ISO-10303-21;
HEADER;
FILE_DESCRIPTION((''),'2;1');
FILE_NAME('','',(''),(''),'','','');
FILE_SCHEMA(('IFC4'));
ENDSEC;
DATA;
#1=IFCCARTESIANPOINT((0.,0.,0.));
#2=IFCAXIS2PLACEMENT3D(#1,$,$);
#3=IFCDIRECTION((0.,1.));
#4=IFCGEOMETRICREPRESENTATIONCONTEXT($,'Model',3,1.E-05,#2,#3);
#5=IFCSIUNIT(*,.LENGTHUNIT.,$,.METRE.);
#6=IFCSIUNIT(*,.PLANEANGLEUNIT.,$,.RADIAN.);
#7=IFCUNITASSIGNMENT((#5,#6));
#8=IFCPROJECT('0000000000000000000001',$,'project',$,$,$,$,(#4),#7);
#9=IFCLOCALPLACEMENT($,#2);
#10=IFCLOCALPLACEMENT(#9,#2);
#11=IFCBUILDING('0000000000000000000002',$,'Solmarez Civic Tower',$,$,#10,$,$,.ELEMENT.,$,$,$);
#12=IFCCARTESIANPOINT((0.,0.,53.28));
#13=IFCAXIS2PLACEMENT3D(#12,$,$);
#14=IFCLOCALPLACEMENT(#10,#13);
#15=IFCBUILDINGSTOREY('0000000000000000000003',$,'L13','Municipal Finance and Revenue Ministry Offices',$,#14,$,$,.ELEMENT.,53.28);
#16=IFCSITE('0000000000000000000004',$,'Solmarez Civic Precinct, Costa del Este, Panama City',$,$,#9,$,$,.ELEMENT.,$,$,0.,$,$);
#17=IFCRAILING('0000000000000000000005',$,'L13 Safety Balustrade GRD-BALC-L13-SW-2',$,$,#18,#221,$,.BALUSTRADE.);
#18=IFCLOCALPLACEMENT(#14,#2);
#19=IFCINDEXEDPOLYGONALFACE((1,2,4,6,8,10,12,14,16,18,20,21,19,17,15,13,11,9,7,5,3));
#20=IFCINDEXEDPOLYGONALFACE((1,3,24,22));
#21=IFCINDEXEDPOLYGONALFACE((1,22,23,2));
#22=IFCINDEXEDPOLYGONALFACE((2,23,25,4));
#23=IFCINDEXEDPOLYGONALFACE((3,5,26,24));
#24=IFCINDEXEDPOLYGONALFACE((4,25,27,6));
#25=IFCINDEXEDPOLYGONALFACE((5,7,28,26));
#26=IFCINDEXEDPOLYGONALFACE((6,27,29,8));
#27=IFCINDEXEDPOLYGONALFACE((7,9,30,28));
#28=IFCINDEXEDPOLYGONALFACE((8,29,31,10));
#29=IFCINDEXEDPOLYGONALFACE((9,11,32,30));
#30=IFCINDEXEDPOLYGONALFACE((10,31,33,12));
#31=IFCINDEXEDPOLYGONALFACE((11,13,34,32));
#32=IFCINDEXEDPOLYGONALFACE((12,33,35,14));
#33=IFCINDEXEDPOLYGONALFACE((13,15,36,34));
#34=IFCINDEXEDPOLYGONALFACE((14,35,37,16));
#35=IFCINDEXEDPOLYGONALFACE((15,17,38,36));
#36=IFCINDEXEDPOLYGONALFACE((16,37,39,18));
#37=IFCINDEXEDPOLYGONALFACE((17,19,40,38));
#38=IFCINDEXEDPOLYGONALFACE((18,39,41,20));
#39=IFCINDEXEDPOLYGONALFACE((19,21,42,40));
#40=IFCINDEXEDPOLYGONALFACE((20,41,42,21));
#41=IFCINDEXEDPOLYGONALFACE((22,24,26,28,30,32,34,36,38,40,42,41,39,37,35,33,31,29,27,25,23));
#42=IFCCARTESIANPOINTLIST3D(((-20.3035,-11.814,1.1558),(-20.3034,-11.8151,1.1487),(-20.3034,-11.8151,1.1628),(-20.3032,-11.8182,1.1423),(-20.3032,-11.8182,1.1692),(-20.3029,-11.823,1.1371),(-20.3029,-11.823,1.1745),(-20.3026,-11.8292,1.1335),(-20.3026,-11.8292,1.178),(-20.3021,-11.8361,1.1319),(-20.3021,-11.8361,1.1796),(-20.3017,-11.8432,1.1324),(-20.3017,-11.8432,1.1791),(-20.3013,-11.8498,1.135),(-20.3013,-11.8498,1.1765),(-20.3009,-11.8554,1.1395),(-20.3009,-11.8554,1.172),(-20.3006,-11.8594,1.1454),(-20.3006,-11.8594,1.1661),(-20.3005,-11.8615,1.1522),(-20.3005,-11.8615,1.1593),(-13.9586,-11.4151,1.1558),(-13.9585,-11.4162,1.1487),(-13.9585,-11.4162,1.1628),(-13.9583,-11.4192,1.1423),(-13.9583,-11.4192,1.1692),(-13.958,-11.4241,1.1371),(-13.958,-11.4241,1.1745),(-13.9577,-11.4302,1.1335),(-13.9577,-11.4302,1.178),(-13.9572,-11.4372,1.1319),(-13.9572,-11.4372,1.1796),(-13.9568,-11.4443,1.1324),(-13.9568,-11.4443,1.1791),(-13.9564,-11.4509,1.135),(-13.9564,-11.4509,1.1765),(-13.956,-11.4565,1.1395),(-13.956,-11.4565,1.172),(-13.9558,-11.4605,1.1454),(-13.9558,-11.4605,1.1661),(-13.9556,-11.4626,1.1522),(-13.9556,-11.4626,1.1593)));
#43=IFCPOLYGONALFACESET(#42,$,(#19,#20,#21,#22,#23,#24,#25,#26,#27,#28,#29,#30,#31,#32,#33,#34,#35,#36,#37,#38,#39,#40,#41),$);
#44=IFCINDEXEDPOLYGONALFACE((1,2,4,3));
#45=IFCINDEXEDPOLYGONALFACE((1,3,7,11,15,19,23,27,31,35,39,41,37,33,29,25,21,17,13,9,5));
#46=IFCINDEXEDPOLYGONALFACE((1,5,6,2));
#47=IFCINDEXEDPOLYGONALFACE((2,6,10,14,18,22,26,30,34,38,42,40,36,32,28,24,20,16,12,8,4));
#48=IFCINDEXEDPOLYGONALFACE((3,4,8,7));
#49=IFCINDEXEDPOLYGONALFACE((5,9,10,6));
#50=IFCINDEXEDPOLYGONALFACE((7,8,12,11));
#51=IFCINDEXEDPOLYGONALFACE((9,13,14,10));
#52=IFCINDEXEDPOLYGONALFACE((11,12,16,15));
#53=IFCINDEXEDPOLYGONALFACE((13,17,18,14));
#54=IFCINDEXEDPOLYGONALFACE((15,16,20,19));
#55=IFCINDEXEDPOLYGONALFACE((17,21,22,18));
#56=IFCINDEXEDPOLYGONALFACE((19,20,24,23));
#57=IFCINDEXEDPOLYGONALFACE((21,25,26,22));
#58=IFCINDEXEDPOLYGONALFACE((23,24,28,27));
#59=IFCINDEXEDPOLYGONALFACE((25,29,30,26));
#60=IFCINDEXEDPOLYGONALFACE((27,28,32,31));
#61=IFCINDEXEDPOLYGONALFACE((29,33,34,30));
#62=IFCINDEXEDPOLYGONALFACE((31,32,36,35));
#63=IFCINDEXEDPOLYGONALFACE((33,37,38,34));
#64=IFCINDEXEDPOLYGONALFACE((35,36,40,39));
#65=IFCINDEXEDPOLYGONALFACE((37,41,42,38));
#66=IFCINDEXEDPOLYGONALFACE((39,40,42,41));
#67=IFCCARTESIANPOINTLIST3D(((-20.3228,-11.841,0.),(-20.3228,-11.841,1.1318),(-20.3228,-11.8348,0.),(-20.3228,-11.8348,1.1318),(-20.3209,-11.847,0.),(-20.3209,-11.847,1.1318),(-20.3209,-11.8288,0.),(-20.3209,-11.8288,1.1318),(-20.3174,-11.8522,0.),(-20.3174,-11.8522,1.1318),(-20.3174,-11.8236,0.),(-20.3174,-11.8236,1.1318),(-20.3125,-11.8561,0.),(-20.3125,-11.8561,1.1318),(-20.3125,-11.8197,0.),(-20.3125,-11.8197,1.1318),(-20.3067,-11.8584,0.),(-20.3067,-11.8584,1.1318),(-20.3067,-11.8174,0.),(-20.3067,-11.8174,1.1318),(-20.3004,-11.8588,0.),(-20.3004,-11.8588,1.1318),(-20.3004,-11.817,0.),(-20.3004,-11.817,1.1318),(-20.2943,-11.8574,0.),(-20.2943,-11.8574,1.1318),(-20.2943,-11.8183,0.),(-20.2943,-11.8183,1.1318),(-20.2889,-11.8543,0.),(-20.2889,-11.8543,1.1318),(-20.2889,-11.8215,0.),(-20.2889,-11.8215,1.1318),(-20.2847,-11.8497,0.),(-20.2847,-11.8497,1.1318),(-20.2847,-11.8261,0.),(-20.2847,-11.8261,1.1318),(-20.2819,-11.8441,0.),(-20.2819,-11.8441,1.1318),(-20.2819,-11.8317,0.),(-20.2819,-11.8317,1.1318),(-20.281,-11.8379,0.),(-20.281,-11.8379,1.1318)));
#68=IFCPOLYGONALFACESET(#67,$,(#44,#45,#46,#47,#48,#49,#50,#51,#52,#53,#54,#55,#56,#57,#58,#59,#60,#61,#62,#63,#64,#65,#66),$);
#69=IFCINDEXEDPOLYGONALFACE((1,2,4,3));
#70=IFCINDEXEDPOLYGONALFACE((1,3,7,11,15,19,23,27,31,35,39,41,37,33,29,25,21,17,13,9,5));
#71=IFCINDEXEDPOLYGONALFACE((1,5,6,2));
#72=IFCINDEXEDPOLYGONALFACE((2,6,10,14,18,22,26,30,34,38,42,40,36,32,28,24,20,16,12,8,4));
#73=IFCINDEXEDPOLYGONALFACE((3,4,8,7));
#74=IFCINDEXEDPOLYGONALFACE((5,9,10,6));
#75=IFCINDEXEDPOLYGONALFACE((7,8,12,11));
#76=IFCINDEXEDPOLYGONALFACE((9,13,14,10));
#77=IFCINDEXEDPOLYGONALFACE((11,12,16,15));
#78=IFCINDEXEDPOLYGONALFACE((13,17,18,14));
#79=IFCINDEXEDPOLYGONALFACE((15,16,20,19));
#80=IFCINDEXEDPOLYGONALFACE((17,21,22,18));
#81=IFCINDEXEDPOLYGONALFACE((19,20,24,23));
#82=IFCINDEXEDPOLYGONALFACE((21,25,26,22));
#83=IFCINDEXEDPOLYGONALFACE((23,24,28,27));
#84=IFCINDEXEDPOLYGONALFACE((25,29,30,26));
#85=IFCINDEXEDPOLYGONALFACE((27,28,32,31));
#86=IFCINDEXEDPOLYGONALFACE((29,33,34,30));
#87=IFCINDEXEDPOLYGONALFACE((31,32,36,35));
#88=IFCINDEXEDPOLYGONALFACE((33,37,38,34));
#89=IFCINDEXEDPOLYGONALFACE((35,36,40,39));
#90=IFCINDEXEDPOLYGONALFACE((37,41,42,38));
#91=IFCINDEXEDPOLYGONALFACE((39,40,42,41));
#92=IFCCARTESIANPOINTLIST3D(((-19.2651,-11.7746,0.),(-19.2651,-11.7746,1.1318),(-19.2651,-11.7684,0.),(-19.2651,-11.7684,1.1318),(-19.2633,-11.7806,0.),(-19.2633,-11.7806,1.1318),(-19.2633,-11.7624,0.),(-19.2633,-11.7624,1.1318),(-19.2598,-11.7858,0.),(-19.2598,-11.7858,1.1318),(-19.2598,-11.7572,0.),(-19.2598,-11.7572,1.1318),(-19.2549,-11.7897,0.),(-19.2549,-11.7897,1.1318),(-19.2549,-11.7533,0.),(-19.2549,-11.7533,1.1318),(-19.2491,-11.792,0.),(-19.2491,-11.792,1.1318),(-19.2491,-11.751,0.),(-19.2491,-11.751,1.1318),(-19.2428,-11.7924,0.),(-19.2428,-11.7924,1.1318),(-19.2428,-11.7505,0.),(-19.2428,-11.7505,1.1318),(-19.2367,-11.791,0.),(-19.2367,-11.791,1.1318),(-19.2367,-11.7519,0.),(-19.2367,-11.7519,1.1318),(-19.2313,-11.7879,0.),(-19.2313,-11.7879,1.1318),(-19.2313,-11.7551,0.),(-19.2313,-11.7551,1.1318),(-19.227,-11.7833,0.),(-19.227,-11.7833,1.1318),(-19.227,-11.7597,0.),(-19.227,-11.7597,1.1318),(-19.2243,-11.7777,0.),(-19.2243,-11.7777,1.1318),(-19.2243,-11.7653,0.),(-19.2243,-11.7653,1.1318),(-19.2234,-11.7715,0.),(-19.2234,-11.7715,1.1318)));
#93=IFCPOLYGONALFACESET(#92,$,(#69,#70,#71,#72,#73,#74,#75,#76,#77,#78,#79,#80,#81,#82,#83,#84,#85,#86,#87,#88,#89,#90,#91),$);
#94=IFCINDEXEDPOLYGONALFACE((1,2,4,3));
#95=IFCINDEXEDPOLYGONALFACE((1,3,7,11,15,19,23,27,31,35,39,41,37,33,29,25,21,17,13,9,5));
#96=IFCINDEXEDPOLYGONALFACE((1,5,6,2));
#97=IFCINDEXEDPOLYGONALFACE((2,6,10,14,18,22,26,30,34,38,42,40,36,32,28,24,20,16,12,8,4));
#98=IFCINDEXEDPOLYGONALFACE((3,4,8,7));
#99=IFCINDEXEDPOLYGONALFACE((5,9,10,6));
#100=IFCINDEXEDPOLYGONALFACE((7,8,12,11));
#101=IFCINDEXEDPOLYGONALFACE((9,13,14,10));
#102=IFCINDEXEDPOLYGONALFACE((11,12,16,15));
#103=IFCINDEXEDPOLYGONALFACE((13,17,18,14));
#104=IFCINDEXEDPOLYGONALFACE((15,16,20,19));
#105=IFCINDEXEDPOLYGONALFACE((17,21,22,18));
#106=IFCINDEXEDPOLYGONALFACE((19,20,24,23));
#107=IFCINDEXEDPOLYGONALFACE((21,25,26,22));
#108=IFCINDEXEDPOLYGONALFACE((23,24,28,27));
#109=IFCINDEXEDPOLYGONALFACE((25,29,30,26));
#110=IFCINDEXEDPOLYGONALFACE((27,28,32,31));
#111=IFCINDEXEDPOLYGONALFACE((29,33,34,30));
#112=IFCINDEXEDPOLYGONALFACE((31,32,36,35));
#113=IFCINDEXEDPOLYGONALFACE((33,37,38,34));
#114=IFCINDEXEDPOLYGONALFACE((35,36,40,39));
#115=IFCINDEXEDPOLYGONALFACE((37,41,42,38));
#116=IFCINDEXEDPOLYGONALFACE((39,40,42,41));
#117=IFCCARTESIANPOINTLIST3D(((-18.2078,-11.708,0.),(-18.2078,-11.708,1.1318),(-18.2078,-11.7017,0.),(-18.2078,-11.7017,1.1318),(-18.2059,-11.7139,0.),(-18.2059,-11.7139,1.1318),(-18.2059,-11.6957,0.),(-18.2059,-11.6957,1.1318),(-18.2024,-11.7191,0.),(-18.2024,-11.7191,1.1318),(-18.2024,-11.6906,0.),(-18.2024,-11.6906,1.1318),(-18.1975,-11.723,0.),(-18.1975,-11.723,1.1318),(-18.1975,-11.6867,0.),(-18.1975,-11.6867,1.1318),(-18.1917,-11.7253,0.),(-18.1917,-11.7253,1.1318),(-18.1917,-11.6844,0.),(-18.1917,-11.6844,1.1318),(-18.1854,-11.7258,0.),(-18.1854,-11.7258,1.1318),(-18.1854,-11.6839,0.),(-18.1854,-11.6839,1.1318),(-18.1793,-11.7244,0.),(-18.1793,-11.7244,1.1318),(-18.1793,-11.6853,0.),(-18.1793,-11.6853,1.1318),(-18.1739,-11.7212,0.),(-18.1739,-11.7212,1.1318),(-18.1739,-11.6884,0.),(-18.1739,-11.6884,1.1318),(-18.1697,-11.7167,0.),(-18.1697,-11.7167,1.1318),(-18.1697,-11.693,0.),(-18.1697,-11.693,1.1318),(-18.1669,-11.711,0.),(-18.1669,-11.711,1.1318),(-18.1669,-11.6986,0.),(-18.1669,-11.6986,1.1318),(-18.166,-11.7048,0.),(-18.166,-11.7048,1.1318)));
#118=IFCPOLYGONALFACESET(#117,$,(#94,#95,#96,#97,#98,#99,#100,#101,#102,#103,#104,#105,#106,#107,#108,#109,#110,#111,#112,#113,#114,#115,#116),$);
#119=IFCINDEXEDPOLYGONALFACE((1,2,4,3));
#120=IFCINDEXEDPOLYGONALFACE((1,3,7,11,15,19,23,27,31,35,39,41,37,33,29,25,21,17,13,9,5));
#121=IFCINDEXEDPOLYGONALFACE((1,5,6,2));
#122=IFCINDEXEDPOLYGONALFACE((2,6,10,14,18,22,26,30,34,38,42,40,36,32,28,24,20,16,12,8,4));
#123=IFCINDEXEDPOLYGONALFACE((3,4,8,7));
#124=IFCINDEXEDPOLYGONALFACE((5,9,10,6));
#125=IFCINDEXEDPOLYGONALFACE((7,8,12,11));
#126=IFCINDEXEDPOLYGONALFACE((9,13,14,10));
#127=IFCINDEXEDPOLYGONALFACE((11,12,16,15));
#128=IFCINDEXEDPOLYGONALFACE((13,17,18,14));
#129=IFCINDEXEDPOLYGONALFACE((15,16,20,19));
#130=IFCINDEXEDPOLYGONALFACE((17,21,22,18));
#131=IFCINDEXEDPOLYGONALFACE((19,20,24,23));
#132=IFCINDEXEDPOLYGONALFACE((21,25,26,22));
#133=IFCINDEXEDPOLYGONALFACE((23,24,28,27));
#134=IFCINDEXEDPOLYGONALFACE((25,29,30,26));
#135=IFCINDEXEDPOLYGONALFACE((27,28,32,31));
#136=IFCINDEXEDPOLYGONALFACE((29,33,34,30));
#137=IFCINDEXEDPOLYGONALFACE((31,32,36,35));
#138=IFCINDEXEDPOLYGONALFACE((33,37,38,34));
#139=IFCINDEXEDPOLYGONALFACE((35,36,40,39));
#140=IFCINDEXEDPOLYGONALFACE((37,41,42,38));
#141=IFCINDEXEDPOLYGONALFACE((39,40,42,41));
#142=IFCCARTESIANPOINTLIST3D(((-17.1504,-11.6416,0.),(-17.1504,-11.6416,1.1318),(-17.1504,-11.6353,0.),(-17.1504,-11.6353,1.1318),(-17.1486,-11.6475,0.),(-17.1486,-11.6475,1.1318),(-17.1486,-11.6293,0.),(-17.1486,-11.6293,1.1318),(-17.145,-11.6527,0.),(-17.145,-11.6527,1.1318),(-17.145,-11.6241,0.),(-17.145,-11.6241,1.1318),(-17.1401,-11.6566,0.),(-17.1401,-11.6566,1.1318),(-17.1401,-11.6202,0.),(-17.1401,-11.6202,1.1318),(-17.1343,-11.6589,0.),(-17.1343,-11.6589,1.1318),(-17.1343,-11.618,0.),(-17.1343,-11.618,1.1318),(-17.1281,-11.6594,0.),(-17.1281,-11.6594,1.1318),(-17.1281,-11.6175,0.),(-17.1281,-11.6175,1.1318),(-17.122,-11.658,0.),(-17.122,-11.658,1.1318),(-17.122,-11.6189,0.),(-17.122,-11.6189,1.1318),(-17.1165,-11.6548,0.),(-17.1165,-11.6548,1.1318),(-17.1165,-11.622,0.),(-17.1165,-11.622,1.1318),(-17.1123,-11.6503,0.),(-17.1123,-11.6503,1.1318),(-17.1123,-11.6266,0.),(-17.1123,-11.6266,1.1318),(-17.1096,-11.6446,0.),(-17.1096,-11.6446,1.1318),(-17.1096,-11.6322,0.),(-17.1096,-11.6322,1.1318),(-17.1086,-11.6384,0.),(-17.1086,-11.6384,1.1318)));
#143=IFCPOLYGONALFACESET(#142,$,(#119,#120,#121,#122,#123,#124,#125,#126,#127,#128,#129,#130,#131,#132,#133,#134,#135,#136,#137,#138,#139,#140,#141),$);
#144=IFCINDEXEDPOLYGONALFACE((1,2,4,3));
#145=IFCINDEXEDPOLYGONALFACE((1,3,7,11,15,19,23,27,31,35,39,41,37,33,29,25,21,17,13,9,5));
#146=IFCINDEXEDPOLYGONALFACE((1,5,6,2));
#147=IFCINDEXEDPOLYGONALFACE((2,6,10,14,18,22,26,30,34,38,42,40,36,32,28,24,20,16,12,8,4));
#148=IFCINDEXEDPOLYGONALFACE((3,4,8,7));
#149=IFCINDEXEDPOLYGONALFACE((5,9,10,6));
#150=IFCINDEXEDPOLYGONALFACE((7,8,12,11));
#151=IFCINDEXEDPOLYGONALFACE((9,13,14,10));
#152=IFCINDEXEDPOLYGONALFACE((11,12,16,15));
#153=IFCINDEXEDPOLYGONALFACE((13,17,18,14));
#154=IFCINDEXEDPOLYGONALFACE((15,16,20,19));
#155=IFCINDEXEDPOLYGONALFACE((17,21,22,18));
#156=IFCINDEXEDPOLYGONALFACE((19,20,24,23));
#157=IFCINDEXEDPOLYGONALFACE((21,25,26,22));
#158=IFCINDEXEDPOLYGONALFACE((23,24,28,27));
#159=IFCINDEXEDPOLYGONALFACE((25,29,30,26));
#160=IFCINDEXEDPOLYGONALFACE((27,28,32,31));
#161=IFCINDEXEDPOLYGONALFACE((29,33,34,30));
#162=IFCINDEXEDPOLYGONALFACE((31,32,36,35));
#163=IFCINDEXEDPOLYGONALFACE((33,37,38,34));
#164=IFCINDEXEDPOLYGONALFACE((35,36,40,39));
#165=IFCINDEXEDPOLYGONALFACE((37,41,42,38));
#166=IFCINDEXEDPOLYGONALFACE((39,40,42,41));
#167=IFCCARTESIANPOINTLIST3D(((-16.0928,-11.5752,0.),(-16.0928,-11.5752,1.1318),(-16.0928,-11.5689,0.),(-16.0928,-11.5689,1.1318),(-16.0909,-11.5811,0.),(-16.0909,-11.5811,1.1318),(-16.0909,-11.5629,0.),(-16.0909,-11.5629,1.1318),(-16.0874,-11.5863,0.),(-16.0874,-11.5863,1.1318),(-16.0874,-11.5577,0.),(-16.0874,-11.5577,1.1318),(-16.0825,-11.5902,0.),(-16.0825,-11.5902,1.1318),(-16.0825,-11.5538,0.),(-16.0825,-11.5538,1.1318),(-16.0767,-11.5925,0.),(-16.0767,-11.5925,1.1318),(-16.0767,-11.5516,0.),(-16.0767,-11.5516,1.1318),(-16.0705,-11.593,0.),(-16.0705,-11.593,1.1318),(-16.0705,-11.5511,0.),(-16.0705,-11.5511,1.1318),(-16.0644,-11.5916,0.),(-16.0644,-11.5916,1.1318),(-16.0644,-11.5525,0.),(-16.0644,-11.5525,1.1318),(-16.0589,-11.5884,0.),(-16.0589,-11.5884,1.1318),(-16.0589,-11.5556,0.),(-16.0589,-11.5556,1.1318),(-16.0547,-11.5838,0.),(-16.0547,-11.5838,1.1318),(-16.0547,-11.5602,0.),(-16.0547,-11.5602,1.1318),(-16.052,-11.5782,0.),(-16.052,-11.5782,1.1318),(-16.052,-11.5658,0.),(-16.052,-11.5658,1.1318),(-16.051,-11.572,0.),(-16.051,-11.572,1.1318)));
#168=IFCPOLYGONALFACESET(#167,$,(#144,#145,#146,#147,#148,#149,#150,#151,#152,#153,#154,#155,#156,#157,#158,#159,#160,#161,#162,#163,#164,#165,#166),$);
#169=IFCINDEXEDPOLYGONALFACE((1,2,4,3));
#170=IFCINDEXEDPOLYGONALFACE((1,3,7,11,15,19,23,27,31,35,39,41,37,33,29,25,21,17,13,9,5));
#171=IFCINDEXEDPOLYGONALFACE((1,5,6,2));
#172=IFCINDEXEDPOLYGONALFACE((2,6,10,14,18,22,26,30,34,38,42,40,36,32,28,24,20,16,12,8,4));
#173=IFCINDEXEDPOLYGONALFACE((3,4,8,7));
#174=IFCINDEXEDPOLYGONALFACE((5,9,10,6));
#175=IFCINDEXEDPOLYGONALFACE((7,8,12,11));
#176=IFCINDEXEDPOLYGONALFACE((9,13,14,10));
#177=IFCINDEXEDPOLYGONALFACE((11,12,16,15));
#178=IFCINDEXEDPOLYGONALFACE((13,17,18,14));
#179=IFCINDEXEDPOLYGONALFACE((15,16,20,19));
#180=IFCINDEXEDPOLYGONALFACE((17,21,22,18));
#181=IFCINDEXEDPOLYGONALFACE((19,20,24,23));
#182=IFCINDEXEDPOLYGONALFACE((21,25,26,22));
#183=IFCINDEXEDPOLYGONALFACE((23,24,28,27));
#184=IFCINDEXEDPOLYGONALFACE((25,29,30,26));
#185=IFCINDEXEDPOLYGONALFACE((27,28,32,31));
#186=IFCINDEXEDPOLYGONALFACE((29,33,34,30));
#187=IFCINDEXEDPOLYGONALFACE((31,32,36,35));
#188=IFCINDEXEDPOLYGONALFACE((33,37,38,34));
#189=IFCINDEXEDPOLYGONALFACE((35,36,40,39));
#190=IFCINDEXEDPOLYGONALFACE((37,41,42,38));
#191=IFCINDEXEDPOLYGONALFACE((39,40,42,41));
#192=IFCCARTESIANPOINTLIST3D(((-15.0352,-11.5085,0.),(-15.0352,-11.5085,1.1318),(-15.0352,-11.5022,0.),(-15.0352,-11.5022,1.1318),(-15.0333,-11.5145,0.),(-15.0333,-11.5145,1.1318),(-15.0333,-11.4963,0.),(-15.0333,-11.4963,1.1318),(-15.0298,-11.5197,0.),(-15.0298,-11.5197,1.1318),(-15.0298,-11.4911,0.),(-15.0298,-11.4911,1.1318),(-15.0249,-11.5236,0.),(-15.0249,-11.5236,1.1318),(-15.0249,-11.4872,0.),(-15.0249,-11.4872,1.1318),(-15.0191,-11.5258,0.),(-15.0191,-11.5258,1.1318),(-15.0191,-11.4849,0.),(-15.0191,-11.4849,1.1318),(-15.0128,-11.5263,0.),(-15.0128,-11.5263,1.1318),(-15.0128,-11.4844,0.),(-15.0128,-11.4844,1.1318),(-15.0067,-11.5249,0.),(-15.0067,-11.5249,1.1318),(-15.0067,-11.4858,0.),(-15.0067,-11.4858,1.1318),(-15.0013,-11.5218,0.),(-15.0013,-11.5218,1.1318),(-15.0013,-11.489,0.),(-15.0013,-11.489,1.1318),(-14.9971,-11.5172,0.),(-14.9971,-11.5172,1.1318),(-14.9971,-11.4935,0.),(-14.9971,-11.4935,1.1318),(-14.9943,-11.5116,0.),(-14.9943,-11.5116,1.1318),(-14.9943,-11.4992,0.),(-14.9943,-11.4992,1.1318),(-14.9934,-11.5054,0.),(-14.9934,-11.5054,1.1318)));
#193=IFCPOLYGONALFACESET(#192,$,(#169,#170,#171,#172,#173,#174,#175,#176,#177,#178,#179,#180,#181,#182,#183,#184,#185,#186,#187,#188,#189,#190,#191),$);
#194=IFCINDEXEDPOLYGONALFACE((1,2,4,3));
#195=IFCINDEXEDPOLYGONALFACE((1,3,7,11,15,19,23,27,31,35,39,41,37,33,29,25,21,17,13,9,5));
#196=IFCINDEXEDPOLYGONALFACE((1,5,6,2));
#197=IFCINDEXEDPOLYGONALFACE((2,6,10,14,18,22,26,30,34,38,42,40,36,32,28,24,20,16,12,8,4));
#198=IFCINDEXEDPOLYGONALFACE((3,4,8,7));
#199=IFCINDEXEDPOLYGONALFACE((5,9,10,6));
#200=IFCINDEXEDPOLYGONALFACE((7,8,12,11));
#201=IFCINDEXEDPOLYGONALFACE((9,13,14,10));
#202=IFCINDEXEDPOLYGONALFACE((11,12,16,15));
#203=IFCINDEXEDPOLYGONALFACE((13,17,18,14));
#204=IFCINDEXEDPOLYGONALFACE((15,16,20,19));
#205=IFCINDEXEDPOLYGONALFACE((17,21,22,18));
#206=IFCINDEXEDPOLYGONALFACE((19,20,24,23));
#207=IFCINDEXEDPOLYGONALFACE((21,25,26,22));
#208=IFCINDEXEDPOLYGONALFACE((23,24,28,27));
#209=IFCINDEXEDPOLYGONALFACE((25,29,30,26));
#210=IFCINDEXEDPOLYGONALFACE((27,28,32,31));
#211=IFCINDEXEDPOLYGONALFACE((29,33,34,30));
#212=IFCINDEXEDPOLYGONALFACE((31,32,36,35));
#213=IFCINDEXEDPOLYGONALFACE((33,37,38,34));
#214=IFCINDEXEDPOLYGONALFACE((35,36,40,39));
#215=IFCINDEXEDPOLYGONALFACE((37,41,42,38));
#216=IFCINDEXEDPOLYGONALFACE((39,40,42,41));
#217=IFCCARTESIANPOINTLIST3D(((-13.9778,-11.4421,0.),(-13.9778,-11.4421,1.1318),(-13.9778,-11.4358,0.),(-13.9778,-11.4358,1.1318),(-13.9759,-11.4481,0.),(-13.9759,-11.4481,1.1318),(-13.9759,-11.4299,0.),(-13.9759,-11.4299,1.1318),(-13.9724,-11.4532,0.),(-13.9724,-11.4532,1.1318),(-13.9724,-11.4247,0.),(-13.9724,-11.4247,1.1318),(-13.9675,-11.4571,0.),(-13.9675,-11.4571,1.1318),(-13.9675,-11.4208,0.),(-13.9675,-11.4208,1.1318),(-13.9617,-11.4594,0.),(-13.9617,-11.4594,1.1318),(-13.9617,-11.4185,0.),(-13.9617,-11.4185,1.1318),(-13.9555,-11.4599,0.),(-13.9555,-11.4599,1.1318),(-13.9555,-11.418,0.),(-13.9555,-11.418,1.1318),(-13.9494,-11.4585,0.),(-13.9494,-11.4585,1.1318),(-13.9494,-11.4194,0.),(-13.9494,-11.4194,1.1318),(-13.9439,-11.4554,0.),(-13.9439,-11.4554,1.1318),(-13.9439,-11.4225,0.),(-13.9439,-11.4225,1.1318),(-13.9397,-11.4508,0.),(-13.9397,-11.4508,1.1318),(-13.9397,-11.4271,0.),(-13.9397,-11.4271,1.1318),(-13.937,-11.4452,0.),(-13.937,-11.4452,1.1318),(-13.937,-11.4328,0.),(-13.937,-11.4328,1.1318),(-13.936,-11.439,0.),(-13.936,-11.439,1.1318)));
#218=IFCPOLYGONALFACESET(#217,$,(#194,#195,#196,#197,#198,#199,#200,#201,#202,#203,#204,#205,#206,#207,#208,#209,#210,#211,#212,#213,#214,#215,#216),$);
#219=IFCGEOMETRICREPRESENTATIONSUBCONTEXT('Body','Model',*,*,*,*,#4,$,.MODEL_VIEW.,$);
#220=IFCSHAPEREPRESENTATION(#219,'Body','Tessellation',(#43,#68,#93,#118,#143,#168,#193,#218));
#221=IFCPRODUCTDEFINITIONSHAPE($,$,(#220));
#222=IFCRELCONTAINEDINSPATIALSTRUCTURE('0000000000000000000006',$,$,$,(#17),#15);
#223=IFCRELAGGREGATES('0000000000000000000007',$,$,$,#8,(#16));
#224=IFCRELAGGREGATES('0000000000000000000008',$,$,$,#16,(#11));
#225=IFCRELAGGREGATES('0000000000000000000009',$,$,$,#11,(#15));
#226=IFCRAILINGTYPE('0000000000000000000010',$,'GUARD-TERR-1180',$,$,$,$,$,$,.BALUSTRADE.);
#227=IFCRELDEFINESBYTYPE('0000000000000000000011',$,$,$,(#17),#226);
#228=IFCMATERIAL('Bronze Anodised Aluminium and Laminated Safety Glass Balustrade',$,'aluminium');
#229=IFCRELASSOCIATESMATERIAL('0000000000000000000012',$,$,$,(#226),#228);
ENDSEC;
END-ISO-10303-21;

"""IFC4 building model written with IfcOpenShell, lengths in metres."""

from ifc_helpers import new_model, si_unit, direction, frame, origin, origin_2d, place, context, subcontext, project, spatial, circle, extrude, material, type_object, element, save


model = new_model("IFC4")

# Units and contexts
model_context = context("Model", 3, precision=1e-05, world=origin(), true_north=direction((0.0, 1.0)))
body_context = subcontext(model_context, "Body", "Model", "MODEL_VIEW")
ifc_project = project(units=[si_unit("LENGTHUNIT", "METRE"), si_unit("PLANEANGLEUNIT", "RADIAN")], contexts=[model_context])

# Site, building, storey
site_placement = place(None, origin())
site = spatial("IfcSite", under=ifc_project, at=site_placement, Name="Solmarez Civic Precinct, Costa del Este, Panama City", CompositionType="ELEMENT", RefElevation=0.0)
building_placement = place(site_placement, origin())
building = spatial("IfcBuilding", under=site, at=building_placement, Name="Solmarez Civic Tower", CompositionType="ELEMENT")
storey_placement = place(building_placement, frame((0.0, 0.0, 53.28)))
storey = spatial("IfcBuildingStorey", under=building, at=storey_placement, Name="L13", Description="Municipal Finance and Revenue Ministry Offices", CompositionType="ELEMENT", Elevation=53.28)

# Railing
ifc_material_1 = material(Name="Bronze Anodised Aluminium and Laminated Safety Glass Balustrade", Category="aluminium")
railing_type = type_object("IfcRailingType", Name="GUARD-TERR-1180", PredefinedType="BALUSTRADE", material=ifc_material_1)
railing_1_placement = place(storey_placement, frame((-20.302, -11.8379, 0.0)))
element("IfcRailing", 1, at=railing_1_placement, inside=storey, type_object=railing_type, Name="L13 Safety Balustrade GRD-BALC-L13-SW-2", PredefinedType="BALUSTRADE", context=body_context, shape_type="SweptSolid", body=[
    extrude(circle(Radius=0.0239, at=origin_2d()), frame((0.0, 0.0, 1.1558), z_axis=(0.998029, 0.062749, 0.0), x_axis=(-0.062749, 0.998029, 0.0)), (0.0, 0.0, 1.0), 6.3574),
    extrude(circle(Radius=0.021, at=origin_2d()), origin(), (0.0, 0.0, 1.0), 1.1318),
    extrude(circle(Radius=0.021, at=origin_2d()), frame((1.0576, 0.0664, 0.0)), (0.0, 0.0, 1.0), 1.1318),
    extrude(circle(Radius=0.021, at=origin_2d()), frame((2.115, 0.1331, 0.0)), (0.0, 0.0, 1.0), 1.1318),
    extrude(circle(Radius=0.021, at=origin_2d()), frame((3.1724, 0.1995, 0.0)), (0.0, 0.0, 1.0), 1.1318),
    extrude(circle(Radius=0.021, at=origin_2d()), frame((4.23, 0.2659, 0.0)), (0.0, 0.0, 1.0), 1.1318),
    extrude(circle(Radius=0.021, at=origin_2d()), frame((5.2876, 0.3325, 0.0)), (0.0, 0.0, 1.0), 1.1318),
    extrude(circle(Radius=0.021, at=origin_2d()), frame((6.345, 0.3989, 0.0)), (0.0, 0.0, 1.0), 1.1318),
])

save(model, "model.ifc")
